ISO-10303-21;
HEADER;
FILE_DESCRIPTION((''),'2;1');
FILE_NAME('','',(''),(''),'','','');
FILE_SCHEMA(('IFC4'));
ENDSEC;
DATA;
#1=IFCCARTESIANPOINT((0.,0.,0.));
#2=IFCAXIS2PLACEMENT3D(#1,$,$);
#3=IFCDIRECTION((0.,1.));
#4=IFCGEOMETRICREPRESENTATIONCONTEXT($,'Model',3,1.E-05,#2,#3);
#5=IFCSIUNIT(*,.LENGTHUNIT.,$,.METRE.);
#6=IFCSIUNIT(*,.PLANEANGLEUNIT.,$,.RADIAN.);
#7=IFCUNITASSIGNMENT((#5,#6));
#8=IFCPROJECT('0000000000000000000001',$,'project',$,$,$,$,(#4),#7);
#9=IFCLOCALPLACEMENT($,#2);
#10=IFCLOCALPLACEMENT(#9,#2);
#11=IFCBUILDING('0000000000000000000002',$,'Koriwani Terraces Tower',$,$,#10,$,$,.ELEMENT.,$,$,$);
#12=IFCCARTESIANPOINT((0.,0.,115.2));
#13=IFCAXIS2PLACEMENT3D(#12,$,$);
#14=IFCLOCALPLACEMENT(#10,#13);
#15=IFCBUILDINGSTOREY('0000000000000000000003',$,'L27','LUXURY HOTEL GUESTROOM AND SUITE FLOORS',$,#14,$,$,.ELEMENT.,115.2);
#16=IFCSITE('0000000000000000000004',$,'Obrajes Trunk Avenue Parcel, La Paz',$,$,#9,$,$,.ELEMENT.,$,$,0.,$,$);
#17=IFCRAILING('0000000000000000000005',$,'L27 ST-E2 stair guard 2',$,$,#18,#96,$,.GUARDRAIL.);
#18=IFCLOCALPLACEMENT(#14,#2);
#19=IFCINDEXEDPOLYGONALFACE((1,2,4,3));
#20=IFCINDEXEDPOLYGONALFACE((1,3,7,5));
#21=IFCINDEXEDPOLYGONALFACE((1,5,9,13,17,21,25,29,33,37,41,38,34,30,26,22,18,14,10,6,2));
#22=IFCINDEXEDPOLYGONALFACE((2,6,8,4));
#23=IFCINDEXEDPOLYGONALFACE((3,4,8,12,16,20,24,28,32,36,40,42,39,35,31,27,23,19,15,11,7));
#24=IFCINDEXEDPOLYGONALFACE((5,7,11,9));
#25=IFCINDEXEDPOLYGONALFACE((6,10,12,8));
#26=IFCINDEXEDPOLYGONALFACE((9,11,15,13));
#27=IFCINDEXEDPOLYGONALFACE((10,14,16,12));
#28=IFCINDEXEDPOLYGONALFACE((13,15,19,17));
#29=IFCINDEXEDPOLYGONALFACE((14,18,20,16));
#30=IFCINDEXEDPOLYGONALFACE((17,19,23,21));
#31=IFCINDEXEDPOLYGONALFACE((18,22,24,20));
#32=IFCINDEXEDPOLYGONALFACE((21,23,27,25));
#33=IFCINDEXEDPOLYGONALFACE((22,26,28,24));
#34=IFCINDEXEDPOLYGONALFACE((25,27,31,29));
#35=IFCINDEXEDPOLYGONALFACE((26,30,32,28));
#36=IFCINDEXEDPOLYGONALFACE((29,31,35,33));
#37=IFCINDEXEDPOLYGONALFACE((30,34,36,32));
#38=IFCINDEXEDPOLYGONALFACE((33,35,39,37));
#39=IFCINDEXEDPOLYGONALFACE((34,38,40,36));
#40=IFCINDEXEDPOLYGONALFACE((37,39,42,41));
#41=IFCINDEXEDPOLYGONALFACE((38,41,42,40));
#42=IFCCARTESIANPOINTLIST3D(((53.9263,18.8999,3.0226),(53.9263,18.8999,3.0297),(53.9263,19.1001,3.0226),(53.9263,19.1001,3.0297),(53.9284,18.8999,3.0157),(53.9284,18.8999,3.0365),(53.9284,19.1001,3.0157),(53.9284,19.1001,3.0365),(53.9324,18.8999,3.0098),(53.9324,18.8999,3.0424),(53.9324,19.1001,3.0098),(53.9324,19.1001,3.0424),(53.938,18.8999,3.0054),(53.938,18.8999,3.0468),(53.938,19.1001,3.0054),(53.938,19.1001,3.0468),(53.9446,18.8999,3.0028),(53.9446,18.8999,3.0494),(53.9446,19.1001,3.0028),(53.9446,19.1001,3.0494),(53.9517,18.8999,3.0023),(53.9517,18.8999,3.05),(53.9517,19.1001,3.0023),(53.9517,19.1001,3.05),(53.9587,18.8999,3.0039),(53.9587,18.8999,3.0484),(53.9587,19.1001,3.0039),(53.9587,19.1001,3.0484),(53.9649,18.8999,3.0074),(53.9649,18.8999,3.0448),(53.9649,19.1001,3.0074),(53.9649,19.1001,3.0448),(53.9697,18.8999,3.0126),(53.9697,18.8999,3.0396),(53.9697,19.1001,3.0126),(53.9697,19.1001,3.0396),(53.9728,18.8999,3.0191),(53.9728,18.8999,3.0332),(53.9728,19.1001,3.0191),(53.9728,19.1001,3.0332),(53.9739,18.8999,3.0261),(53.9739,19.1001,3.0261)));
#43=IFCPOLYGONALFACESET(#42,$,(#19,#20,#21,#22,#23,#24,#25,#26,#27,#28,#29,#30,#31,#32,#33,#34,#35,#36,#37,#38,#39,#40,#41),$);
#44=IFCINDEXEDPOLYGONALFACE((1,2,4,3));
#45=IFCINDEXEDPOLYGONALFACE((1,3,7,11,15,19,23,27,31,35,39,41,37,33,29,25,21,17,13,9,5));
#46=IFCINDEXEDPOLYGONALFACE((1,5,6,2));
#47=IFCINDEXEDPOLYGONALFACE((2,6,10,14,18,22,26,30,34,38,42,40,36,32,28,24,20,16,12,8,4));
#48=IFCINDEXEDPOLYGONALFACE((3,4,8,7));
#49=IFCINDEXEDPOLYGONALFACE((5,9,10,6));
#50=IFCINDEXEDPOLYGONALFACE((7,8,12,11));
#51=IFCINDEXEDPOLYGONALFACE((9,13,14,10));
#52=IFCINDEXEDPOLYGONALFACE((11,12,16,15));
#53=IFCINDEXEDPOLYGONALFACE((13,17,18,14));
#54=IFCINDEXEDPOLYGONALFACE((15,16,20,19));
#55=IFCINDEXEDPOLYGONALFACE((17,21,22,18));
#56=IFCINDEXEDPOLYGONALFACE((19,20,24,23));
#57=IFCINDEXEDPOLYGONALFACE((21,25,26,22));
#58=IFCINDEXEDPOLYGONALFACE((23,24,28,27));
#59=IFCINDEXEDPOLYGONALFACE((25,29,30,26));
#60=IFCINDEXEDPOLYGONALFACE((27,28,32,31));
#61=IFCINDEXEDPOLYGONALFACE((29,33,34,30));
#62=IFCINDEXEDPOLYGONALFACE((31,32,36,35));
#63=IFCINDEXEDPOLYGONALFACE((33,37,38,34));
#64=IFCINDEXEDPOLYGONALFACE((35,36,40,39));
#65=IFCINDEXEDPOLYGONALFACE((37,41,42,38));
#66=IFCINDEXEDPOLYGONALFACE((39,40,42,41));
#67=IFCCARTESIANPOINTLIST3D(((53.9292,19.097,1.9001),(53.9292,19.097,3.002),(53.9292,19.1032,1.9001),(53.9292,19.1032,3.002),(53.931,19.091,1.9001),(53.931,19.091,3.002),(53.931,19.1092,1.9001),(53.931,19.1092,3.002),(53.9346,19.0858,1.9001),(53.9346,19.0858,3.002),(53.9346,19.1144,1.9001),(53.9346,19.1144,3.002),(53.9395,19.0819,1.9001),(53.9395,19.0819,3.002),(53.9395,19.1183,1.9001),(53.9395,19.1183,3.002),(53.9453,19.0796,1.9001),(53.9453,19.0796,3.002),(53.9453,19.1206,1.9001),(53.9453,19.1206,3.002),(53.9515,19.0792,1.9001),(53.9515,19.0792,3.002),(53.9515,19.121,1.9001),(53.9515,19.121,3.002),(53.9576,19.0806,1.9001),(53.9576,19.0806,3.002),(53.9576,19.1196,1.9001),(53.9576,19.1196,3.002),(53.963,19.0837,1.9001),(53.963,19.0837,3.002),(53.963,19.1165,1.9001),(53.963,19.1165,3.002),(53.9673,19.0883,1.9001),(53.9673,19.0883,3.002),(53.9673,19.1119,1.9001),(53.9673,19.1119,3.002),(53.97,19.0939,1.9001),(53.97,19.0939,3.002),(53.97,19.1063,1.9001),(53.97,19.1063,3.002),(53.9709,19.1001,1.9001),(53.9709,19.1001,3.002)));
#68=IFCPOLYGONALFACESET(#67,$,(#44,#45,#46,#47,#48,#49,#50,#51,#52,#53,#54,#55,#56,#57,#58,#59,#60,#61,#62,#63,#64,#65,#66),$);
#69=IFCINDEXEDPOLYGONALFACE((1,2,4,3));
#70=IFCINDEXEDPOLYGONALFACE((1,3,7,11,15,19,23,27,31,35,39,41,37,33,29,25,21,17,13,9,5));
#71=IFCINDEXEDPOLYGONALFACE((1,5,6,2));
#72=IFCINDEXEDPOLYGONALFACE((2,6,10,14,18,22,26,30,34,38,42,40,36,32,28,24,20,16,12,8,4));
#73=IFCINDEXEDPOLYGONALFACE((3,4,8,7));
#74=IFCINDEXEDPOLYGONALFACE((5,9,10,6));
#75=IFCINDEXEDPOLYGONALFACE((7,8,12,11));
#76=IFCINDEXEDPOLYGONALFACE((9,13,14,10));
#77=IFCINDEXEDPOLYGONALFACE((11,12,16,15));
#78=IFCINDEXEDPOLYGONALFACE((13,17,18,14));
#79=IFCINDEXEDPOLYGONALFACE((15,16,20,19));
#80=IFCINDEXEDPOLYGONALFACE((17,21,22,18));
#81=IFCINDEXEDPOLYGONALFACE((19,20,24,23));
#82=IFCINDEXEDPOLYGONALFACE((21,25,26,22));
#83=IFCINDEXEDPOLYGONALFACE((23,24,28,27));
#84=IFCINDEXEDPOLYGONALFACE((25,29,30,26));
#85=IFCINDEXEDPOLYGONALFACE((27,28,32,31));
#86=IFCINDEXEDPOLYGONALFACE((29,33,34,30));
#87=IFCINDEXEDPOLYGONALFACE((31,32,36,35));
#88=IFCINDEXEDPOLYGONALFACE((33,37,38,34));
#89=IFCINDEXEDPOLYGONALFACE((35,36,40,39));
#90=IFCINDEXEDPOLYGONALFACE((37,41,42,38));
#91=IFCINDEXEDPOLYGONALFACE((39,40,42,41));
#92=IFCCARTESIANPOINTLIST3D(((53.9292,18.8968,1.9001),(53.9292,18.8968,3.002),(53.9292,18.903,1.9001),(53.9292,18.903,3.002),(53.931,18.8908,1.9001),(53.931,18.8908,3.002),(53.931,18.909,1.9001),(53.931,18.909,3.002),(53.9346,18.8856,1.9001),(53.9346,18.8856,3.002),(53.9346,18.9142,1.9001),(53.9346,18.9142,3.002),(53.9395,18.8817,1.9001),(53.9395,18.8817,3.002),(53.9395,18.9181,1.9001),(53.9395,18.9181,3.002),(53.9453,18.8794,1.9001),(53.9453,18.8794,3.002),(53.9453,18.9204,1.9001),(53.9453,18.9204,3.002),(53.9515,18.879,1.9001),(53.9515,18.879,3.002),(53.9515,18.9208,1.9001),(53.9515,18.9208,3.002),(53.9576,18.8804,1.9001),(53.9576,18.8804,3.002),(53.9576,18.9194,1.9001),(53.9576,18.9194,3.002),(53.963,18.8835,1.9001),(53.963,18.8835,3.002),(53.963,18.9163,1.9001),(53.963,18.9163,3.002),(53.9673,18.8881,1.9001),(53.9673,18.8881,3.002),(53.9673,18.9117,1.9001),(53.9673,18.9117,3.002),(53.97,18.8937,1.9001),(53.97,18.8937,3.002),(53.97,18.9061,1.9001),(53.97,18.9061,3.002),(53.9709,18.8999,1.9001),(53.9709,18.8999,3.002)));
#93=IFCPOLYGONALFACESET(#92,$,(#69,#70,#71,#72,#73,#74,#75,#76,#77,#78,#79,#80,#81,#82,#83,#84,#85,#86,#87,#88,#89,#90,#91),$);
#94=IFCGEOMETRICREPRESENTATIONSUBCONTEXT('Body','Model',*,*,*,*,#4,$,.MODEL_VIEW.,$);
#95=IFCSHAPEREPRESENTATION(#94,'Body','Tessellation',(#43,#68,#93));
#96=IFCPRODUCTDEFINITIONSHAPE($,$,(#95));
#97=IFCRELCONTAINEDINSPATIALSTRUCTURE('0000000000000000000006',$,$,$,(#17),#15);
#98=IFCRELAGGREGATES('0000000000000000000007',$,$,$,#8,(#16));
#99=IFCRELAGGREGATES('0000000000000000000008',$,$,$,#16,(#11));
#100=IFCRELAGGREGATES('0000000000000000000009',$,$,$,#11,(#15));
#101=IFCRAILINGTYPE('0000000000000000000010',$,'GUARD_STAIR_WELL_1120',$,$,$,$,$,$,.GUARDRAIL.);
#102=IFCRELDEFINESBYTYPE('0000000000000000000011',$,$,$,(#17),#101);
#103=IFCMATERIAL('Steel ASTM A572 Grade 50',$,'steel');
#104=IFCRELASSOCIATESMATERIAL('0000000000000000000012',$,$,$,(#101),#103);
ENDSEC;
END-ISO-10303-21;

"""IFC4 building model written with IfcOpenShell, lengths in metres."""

from ifc_helpers import new_model, si_unit, direction, frame, origin, origin_2d, place, context, subcontext, project, spatial, circle, extrude, material, type_object, element, save


model = new_model("IFC4")

# Units and contexts
model_context = context("Model", 3, precision=1e-05, world=origin(), true_north=direction((0.0, 1.0)))
body_context = subcontext(model_context, "Body", "Model", "MODEL_VIEW")
ifc_project = project(units=[si_unit("LENGTHUNIT", "METRE"), si_unit("PLANEANGLEUNIT", "RADIAN")], contexts=[model_context])

# Site, building, storey
site_placement = place(None, origin())
site = spatial("IfcSite", under=ifc_project, at=site_placement, Name="Obrajes Trunk Avenue Parcel, La Paz", CompositionType="ELEMENT", RefElevation=0.0)
building_placement = place(site_placement, origin())
building = spatial("IfcBuilding", under=site, at=building_placement, Name="Koriwani Terraces Tower", CompositionType="ELEMENT")
storey_placement = place(building_placement, frame((0.0, 0.0, 115.2)))
storey = spatial("IfcBuildingStorey", under=building, at=storey_placement, Name="L27", Description="LUXURY HOTEL GUESTROOM AND SUITE FLOORS", CompositionType="ELEMENT", Elevation=115.2)

# Shared definitions
ifc_material_1 = material(Name="Steel ASTM A572 Grade 50", Category="steel")

# Railing
railing_type_1 = type_object("IfcRailingType", Name="GUARD_STAIR_WELL_1120", PredefinedType="GUARDRAIL", material=ifc_material_1)
railing_1_placement = place(storey_placement, frame((53.95, 19.1001, 1.9001)))
element("IfcRailing", 1, at=railing_1_placement, inside=storey, type_object=railing_type_1, Name="L27 ST-E2 stair guard 2", PredefinedType="GUARDRAIL", context=body_context, shape_type="SweptSolid", body=[
    extrude(circle(Radius=0.0239, at=origin_2d()), frame((0.0, 0.0, 1.126), z_axis=(0.0, -1.0, 0.0), x_axis=(1.0, 0.0, 0.0)), (0.0, 0.0, 1.0), 0.2002),
    extrude(circle(Radius=0.021, at=origin_2d()), origin(), (0.0, 0.0, 1.0), 1.1018),
    extrude(circle(Radius=0.021, at=origin_2d()), frame((0.0, -0.2002, 0.0)), (0.0, 0.0, 1.0), 1.1018),
])

save(model, "model.ifc")
